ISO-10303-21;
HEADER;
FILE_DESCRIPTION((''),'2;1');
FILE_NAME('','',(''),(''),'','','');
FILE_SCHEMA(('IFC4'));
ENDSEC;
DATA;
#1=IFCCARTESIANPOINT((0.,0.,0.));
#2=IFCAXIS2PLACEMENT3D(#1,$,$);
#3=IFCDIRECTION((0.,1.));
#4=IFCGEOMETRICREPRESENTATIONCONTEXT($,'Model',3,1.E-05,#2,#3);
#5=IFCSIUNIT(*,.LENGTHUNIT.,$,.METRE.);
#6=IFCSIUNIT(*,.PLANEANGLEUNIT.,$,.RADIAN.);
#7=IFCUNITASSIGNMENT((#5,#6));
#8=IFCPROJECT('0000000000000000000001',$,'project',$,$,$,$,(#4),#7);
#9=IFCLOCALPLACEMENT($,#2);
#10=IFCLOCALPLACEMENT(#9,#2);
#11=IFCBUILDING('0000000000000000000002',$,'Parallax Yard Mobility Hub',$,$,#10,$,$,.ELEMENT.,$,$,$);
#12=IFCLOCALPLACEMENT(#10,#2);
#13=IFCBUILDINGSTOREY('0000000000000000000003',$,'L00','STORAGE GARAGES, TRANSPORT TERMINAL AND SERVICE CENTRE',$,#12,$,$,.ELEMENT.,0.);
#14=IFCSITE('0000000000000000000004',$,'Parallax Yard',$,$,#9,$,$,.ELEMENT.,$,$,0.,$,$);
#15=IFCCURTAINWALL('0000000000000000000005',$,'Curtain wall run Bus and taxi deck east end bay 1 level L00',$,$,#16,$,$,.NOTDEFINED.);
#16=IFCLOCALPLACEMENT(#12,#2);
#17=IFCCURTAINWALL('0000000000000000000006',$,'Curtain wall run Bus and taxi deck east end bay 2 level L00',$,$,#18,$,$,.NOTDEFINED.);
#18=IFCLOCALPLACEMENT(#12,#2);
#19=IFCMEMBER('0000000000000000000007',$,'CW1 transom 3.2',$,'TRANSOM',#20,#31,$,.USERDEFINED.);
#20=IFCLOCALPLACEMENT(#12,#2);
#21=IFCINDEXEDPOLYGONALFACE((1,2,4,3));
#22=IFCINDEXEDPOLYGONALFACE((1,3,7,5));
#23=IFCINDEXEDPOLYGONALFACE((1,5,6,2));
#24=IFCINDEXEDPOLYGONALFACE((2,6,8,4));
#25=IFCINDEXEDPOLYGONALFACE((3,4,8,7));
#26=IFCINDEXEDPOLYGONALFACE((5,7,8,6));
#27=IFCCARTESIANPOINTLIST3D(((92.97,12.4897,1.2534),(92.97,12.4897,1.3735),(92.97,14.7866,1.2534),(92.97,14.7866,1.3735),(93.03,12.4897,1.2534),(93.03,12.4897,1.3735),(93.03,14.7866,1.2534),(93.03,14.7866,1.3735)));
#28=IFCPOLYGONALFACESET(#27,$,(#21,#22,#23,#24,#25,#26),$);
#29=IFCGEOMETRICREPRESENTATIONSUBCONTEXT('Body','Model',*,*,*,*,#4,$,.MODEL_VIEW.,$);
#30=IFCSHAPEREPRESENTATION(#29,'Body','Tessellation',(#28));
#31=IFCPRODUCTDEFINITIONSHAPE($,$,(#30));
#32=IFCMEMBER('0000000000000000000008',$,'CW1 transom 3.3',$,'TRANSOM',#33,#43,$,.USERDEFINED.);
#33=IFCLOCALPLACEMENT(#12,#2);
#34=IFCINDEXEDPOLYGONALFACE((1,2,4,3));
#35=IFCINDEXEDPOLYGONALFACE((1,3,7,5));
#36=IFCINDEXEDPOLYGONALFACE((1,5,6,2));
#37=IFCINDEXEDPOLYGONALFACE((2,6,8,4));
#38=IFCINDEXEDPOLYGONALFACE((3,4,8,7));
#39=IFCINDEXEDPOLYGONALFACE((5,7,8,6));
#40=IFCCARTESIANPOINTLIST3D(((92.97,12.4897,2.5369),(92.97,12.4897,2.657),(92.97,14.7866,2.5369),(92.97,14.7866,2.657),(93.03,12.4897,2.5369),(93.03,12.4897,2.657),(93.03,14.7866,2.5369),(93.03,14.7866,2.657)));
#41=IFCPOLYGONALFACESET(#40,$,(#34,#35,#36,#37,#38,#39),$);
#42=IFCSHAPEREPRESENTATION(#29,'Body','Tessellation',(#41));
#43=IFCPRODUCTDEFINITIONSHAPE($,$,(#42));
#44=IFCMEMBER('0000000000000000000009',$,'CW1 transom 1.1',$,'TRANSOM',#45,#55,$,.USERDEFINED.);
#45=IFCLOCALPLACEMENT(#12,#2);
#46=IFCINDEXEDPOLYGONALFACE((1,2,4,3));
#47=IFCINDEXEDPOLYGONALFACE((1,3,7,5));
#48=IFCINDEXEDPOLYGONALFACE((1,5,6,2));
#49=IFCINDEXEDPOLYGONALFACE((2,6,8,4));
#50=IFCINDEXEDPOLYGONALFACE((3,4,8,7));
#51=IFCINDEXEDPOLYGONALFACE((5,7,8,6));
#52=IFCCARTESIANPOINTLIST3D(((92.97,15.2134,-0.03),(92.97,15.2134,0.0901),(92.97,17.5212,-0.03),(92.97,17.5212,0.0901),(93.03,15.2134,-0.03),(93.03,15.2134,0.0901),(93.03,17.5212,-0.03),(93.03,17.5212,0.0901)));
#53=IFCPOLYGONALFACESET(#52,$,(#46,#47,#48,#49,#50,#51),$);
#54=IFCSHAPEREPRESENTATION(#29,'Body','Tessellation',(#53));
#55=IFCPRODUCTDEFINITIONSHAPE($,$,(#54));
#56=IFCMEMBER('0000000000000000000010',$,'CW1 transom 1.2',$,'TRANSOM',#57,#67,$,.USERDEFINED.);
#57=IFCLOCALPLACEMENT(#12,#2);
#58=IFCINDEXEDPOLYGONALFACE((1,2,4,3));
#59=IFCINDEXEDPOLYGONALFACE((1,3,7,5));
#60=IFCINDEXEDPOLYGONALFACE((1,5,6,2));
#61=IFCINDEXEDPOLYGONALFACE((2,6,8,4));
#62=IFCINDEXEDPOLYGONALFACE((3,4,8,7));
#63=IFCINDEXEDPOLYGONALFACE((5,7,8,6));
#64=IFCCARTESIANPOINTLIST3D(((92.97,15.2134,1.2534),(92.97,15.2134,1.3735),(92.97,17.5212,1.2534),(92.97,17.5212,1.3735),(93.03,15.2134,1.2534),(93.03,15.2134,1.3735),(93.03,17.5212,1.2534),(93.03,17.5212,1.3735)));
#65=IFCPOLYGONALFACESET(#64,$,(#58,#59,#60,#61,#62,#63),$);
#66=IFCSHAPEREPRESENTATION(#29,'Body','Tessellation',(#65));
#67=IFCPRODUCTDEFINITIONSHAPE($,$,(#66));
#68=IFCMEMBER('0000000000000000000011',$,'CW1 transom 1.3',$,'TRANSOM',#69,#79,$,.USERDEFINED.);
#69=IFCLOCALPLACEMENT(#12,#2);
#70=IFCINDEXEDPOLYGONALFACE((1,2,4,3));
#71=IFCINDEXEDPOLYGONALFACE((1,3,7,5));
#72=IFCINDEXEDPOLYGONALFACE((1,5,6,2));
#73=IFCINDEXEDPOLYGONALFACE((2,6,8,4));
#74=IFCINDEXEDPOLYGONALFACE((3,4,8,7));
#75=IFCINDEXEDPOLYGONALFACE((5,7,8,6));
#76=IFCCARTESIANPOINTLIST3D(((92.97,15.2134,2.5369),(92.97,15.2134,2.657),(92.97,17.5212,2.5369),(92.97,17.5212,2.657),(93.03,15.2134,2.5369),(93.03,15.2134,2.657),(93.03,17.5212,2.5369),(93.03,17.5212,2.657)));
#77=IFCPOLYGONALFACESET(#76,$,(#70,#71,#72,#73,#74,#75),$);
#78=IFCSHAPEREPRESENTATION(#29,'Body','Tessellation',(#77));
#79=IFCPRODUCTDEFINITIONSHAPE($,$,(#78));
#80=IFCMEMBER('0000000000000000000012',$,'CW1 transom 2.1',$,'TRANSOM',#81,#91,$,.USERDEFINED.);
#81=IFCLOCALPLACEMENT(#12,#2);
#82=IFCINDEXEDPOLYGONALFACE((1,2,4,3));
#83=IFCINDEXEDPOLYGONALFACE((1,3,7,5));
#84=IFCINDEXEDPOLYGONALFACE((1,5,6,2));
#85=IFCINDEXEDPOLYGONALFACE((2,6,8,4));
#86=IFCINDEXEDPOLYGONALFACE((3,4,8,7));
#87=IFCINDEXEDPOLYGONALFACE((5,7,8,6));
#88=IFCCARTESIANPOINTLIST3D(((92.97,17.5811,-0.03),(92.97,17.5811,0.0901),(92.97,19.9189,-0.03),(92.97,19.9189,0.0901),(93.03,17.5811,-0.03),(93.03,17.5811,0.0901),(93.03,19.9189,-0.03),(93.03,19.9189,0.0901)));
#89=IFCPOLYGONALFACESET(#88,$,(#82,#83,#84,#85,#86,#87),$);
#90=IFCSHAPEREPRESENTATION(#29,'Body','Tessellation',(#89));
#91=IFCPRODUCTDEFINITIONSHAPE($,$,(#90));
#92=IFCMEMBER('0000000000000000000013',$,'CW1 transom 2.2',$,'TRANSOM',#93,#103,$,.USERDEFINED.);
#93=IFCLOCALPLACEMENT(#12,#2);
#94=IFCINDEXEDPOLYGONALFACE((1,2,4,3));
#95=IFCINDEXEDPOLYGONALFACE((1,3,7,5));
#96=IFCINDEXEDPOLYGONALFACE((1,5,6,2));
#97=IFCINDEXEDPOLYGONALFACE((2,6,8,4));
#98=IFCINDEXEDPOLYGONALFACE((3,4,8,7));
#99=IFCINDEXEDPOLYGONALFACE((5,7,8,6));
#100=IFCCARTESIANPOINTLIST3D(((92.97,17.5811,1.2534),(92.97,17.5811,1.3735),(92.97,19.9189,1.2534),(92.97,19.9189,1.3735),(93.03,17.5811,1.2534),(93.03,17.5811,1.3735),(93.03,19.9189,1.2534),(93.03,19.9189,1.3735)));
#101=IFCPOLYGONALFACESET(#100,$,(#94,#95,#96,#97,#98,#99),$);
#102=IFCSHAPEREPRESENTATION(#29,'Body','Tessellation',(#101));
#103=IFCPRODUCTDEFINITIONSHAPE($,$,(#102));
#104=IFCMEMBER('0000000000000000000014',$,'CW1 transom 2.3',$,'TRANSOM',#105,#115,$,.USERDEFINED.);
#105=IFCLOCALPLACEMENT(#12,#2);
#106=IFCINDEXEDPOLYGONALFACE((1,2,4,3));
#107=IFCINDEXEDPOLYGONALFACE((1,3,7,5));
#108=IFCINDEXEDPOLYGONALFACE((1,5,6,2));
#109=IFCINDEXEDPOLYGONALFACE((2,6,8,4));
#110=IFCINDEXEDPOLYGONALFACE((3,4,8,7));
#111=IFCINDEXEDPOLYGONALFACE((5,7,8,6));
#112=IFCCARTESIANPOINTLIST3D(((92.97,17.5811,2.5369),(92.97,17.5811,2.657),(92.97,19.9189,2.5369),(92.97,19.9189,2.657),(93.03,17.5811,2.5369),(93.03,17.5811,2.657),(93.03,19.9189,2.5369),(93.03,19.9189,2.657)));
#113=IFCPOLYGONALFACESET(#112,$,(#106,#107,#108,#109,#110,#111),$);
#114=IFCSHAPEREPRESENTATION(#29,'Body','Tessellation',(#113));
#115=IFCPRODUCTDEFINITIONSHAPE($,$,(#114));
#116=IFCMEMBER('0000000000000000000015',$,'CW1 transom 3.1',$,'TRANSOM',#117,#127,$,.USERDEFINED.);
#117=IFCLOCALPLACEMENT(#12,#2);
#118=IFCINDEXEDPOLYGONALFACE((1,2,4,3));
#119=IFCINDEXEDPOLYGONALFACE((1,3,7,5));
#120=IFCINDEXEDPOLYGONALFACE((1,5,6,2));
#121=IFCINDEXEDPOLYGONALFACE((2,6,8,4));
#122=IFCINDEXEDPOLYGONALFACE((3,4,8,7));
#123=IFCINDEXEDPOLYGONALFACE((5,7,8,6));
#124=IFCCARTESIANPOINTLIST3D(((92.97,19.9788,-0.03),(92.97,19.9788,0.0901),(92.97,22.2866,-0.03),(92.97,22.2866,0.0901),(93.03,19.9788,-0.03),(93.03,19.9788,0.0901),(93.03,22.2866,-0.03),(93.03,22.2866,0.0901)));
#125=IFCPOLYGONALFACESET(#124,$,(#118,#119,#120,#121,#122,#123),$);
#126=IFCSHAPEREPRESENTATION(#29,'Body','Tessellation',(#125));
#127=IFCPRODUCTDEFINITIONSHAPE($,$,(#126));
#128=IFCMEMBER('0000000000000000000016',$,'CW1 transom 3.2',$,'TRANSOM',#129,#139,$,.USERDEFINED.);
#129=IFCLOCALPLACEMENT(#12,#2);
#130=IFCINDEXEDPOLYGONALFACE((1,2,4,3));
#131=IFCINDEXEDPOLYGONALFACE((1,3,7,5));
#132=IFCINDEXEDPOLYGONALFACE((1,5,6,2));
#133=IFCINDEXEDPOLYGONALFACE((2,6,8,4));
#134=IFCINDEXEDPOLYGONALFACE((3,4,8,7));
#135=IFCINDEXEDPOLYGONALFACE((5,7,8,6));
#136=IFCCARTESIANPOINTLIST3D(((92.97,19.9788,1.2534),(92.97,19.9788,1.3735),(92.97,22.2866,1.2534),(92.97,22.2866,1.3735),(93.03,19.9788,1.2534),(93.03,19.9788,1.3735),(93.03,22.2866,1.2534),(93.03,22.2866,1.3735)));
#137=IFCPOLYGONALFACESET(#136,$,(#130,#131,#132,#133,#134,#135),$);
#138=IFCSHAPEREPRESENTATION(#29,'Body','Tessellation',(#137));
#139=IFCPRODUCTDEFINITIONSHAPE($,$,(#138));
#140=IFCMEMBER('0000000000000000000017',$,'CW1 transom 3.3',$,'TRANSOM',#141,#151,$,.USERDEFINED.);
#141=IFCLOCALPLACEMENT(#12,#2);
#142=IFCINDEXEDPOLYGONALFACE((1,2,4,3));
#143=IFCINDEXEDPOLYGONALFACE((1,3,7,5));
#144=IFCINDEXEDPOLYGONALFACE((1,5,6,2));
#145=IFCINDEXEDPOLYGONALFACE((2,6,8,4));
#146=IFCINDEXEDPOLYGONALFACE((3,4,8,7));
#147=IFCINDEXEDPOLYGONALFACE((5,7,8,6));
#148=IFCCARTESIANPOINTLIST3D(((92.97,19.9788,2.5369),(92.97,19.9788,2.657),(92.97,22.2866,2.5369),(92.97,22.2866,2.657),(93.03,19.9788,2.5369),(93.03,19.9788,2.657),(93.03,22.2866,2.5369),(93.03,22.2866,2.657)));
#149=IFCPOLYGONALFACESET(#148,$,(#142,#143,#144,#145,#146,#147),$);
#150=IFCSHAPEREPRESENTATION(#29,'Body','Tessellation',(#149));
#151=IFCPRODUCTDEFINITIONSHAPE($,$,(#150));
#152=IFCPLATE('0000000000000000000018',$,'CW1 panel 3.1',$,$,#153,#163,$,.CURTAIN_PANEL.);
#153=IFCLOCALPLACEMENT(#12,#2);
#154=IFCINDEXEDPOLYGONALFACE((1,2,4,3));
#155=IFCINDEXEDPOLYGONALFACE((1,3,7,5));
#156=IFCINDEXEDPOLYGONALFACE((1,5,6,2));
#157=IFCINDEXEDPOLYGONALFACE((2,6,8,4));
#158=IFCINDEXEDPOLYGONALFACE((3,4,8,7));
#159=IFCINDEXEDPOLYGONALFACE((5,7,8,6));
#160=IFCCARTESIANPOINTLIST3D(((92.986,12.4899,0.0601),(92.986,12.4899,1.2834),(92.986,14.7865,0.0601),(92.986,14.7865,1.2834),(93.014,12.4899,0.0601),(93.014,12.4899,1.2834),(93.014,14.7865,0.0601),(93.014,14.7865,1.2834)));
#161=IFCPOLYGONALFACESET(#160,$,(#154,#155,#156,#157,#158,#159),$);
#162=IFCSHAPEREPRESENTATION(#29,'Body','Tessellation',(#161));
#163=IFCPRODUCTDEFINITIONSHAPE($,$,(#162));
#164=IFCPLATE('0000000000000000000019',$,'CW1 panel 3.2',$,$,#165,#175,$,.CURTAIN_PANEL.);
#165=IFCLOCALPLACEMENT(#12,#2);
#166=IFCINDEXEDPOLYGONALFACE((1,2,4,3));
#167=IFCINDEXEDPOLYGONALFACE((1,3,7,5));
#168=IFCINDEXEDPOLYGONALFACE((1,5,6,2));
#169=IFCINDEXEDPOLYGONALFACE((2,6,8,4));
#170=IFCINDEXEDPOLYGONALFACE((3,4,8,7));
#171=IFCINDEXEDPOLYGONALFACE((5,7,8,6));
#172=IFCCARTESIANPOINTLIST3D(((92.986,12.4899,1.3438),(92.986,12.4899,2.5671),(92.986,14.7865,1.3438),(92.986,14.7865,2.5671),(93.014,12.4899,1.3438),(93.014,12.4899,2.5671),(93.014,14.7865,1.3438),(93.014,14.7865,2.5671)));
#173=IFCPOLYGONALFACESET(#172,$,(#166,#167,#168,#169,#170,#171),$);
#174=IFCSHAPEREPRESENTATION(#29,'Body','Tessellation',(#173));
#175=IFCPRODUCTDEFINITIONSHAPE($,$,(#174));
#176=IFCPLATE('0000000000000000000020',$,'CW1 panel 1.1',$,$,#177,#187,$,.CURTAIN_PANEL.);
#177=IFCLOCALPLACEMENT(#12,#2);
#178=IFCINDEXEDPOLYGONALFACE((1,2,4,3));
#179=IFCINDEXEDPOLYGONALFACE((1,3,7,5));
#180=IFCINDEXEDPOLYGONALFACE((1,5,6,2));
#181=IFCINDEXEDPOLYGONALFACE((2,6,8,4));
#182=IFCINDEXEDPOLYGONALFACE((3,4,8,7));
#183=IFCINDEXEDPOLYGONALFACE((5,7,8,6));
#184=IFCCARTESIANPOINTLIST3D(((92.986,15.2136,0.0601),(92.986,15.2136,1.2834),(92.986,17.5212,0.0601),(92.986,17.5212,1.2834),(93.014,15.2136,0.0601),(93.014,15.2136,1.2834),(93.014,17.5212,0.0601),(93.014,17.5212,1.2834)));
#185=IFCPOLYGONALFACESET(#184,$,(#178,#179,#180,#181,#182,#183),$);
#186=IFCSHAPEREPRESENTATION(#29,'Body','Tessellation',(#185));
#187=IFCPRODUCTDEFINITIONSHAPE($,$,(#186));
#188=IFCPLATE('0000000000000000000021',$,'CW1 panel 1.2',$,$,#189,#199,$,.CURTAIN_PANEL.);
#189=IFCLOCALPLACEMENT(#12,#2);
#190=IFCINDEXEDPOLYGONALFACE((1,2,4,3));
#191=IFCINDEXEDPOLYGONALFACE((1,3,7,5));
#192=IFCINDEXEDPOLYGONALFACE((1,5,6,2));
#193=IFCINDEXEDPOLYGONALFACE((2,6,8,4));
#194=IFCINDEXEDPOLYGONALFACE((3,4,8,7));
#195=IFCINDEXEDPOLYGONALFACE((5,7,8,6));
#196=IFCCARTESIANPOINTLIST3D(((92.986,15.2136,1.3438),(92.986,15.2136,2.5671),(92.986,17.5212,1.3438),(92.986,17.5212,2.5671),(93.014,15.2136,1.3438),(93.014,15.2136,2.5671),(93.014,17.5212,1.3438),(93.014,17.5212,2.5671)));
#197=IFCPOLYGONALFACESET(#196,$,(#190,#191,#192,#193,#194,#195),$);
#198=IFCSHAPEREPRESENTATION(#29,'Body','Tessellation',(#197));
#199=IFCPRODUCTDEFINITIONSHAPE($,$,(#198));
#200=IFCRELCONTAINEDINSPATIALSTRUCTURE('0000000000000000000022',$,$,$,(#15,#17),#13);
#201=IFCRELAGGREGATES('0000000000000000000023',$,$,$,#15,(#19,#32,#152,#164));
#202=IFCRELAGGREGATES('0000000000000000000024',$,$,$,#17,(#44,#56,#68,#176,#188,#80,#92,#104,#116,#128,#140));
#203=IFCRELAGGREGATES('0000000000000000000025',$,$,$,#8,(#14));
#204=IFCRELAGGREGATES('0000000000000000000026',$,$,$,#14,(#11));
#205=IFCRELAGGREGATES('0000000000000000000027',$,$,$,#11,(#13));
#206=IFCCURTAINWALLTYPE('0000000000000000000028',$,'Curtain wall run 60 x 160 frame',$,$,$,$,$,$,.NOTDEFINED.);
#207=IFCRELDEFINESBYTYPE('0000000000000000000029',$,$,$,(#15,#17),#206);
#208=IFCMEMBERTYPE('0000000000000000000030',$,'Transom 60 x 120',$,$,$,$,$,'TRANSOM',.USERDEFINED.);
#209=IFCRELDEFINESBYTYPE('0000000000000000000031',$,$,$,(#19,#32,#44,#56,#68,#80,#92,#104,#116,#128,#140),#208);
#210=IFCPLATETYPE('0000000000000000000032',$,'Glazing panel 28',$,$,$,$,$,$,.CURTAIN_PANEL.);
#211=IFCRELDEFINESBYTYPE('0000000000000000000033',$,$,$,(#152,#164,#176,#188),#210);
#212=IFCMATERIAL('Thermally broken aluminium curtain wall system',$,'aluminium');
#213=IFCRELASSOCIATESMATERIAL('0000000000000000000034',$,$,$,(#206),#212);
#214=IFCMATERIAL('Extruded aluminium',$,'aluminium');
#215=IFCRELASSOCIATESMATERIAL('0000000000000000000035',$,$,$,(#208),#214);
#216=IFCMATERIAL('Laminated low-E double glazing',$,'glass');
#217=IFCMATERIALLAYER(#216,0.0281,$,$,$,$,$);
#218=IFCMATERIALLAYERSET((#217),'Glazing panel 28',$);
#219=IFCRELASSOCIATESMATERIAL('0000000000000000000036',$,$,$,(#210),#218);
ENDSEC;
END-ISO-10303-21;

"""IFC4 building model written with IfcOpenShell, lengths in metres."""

from ifc_helpers import new_model, si_unit, direction, frame, origin, origin_2d, place, context, subcontext, project, spatial, rectangle, extrude, material, layer, layer_set, material_profile, profile_set, type_object, element, aggregate, save


model = new_model("IFC4")

# Units and contexts
model_context = context("Model", 3, precision=1e-05, world=origin(), true_north=direction((0.0, 1.0)))
body_context = subcontext(model_context, "Body", "Model", "MODEL_VIEW")
ifc_project = project(units=[si_unit("LENGTHUNIT", "METRE"), si_unit("PLANEANGLEUNIT", "RADIAN")], contexts=[model_context])

# Site, building, storey
site_placement = place(None, origin())
site = spatial("IfcSite", under=ifc_project, at=site_placement, Name="Parallax Yard", CompositionType="ELEMENT", RefElevation=0.0)
building_placement = place(site_placement, origin())
building = spatial("IfcBuilding", under=site, at=building_placement, Name="Parallax Yard Mobility Hub", CompositionType="ELEMENT")
storey_placement = place(building_placement, origin())
storey = spatial("IfcBuildingStorey", under=building, at=storey_placement, Name="L00", Description="STORAGE GARAGES, TRANSPORT TERMINAL AND SERVICE CENTRE", CompositionType="ELEMENT", Elevation=0.0)

# Curtain wall
ifc_material_1 = material(Name="Thermally broken aluminium curtain wall system", Category="aluminium")
curtain_wall_type = type_object("IfcCurtainWallType", Name="Curtain wall run 60 x 160 frame", PredefinedType="NOTDEFINED", material=ifc_material_1)
curtain_wall_1_placement = place(storey_placement, origin())
curtain_wall_1 = element("IfcCurtainWall", 1, at=curtain_wall_1_placement, inside=storey, type_object=curtain_wall_type, Name="Curtain wall run Bus and taxi deck east end bay 1 level L00", PredefinedType="NOTDEFINED")
ifc_material_2 = material(Name="Extruded aluminium", Category="aluminium")

# Curtain wall
curtain_wall_2_placement = place(storey_placement, origin())
curtain_wall_2 = element("IfcCurtainWall", 2, at=curtain_wall_2_placement, inside=storey, type_object=curtain_wall_type, Name="Curtain wall run Bus and taxi deck east end bay 2 level L00", PredefinedType="NOTDEFINED")

# Members
ifc_material_profile_1 = material_profile(ifc_material_2, rectangle(XDim=0.0601, YDim=0.1201, at=origin_2d()), Name="Transom 60 x 120")
ifc_profile_set_1 = profile_set([ifc_material_profile_1], Name="Extruded aluminium")
member_type_1 = type_object("IfcMemberType", Name="Transom 60 x 120", ElementType="TRANSOM", PredefinedType="USERDEFINED", material=ifc_profile_set_1)
member_1_placement = place(storey_placement, frame((93.0, 12.4897, 1.3135), z_axis=(0.0, 1.0, 0.0), x_axis=(-1.0, 0.0, 0.0)))
member_1 = element("IfcMember", 3, at=member_1_placement, type_object=member_type_1, Name="CW1 transom 3.2", ObjectType="TRANSOM", PredefinedType="USERDEFINED", context=body_context, shape_type="SweptSolid", body=[
    extrude(rectangle(XDim=0.0601, YDim=0.1201, at=origin_2d()), origin(), (0.0, 0.0, 1.0), 2.2969),
])
member_2_placement = place(storey_placement, frame((93.0, 12.4897, 2.5969), z_axis=(0.0, 1.0, 0.0), x_axis=(-1.0, 0.0, 0.0)))
member_2 = element("IfcMember", 4, at=member_2_placement, type_object=member_type_1, Name="CW1 transom 3.3", ObjectType="TRANSOM", PredefinedType="USERDEFINED", context=body_context, shape_type="SweptSolid", body=[
    extrude(rectangle(XDim=0.0601, YDim=0.1201, at=origin_2d()), origin(), (0.0, 0.0, 1.0), 2.2969),
])
member_3_placement = place(storey_placement, frame((93.0, 15.2134, 0.03), z_axis=(0.0, 1.0, 0.0), x_axis=(-1.0, 0.0, 0.0)))
member_3 = element("IfcMember", 5, at=member_3_placement, type_object=member_type_1, Name="CW1 transom 1.1", ObjectType="TRANSOM", PredefinedType="USERDEFINED", context=body_context, shape_type="SweptSolid", body=[
    extrude(rectangle(XDim=0.0601, YDim=0.1201, at=origin_2d()), origin(), (0.0, 0.0, 1.0), 2.3079),
])
member_4_placement = place(storey_placement, frame((93.0, 15.2134, 1.3135), z_axis=(0.0, 1.0, 0.0), x_axis=(-1.0, 0.0, 0.0)))
member_4 = element("IfcMember", 6, at=member_4_placement, type_object=member_type_1, Name="CW1 transom 1.2", ObjectType="TRANSOM", PredefinedType="USERDEFINED", context=body_context, shape_type="SweptSolid", body=[
    extrude(rectangle(XDim=0.0601, YDim=0.1201, at=origin_2d()), origin(), (0.0, 0.0, 1.0), 2.3079),
])
member_5_placement = place(storey_placement, frame((93.0, 15.2134, 2.5969), z_axis=(0.0, 1.0, 0.0), x_axis=(-1.0, 0.0, 0.0)))
member_5 = element("IfcMember", 7, at=member_5_placement, type_object=member_type_1, Name="CW1 transom 1.3", ObjectType="TRANSOM", PredefinedType="USERDEFINED", context=body_context, shape_type="SweptSolid", body=[
    extrude(rectangle(XDim=0.0601, YDim=0.1201, at=origin_2d()), origin(), (0.0, 0.0, 1.0), 2.3079),
])
member_6_placement = place(storey_placement, frame((93.0, 17.5811, 0.03), z_axis=(0.0, 1.0, 0.0), x_axis=(-1.0, 0.0, 0.0)))
member_6 = element("IfcMember", 8, at=member_6_placement, type_object=member_type_1, Name="CW1 transom 2.1", ObjectType="TRANSOM", PredefinedType="USERDEFINED", context=body_context, shape_type="SweptSolid", body=[
    extrude(rectangle(XDim=0.0601, YDim=0.1201, at=origin_2d()), origin(), (0.0, 0.0, 1.0), 2.3379),
])
member_7_placement = place(storey_placement, frame((93.0, 17.5811, 1.3135), z_axis=(0.0, 1.0, 0.0), x_axis=(-1.0, 0.0, 0.0)))
member_7 = element("IfcMember", 9, at=member_7_placement, type_object=member_type_1, Name="CW1 transom 2.2", ObjectType="TRANSOM", PredefinedType="USERDEFINED", context=body_context, shape_type="SweptSolid", body=[
    extrude(rectangle(XDim=0.0601, YDim=0.1201, at=origin_2d()), origin(), (0.0, 0.0, 1.0), 2.3379),
])
member_8_placement = place(storey_placement, frame((93.0, 17.5811, 2.5969), z_axis=(0.0, 1.0, 0.0), x_axis=(-1.0, 0.0, 0.0)))
member_8 = element("IfcMember", 10, at=member_8_placement, type_object=member_type_1, Name="CW1 transom 2.3", ObjectType="TRANSOM", PredefinedType="USERDEFINED", context=body_context, shape_type="SweptSolid", body=[
    extrude(rectangle(XDim=0.0601, YDim=0.1201, at=origin_2d()), origin(), (0.0, 0.0, 1.0), 2.3379),
])
member_9_placement = place(storey_placement, frame((93.0, 19.9788, 0.03), z_axis=(0.0, 1.0, 0.0), x_axis=(-1.0, 0.0, 0.0)))
member_9 = element("IfcMember", 11, at=member_9_placement, type_object=member_type_1, Name="CW1 transom 3.1", ObjectType="TRANSOM", PredefinedType="USERDEFINED", context=body_context, shape_type="SweptSolid", body=[
    extrude(rectangle(XDim=0.0601, YDim=0.1201, at=origin_2d()), origin(), (0.0, 0.0, 1.0), 2.3079),
])
member_10_placement = place(storey_placement, frame((93.0, 19.9788, 1.3135), z_axis=(0.0, 1.0, 0.0), x_axis=(-1.0, 0.0, 0.0)))
member_10 = element("IfcMember", 12, at=member_10_placement, type_object=member_type_1, Name="CW1 transom 3.2", ObjectType="TRANSOM", PredefinedType="USERDEFINED", context=body_context, shape_type="SweptSolid", body=[
    extrude(rectangle(XDim=0.0601, YDim=0.1201, at=origin_2d()), origin(), (0.0, 0.0, 1.0), 2.3079),
])
member_11_placement = place(storey_placement, frame((93.0, 19.9788, 2.5969), z_axis=(0.0, 1.0, 0.0), x_axis=(-1.0, 0.0, 0.0)))
member_11 = element("IfcMember", 13, at=member_11_placement, type_object=member_type_1, Name="CW1 transom 3.3", ObjectType="TRANSOM", PredefinedType="USERDEFINED", context=body_context, shape_type="SweptSolid", body=[
    extrude(rectangle(XDim=0.0601, YDim=0.1201, at=origin_2d()), origin(), (0.0, 0.0, 1.0), 2.3079),
])

# Plates
ifc_material_3 = material(Name="Laminated low-E double glazing", Category="glass")
ifc_layer = layer(ifc_material_3, 0.0281)
ifc_layer_set = layer_set([ifc_layer], Name="Glazing panel 28")
plate_type = type_object("IfcPlateType", Name="Glazing panel 28", PredefinedType="CURTAIN_PANEL", material=ifc_layer_set)
plate_1_placement = place(storey_placement, frame((93.0, 13.6382, 0.0601), z_axis=(0.0, 0.0, 1.0), x_axis=(0.0, 1.0, 0.0)))
plate_1 = element("IfcPlate", 14, at=plate_1_placement, type_object=plate_type, Name="CW1 panel 3.1", PredefinedType="CURTAIN_PANEL", context=body_context, shape_type="SweptSolid", body=[
    extrude(rectangle(XDim=2.2966, YDim=0.0281, at=origin_2d()), origin(), (0.0, 0.0, 1.0), 1.2234),
])
plate_2_placement = place(storey_placement, frame((93.0, 13.6382, 1.3438), z_axis=(0.0, 0.0, 1.0), x_axis=(0.0, 1.0, 0.0)))
plate_2 = element("IfcPlate", 15, at=plate_2_placement, type_object=plate_type, Name="CW1 panel 3.2", PredefinedType="CURTAIN_PANEL", context=body_context, shape_type="SweptSolid", body=[
    extrude(rectangle(XDim=2.2966, YDim=0.0281, at=origin_2d()), origin(), (0.0, 0.0, 1.0), 1.2234),
])
aggregate(curtain_wall_1, [member_1, member_2, plate_1, plate_2])
plate_3_placement = place(storey_placement, frame((93.0, 16.3674, 0.0601), z_axis=(0.0, 0.0, 1.0), x_axis=(0.0, 1.0, 0.0)))
plate_3 = element("IfcPlate", 16, at=plate_3_placement, type_object=plate_type, Name="CW1 panel 1.1", PredefinedType="CURTAIN_PANEL", context=body_context, shape_type="SweptSolid", body=[
    extrude(rectangle(XDim=2.3076, YDim=0.0281, at=origin_2d()), origin(), (0.0, 0.0, 1.0), 1.2234),
])
plate_4_placement = place(storey_placement, frame((93.0, 16.3674, 1.3438), z_axis=(0.0, 0.0, 1.0), x_axis=(0.0, 1.0, 0.0)))
plate_4 = element("IfcPlate", 17, at=plate_4_placement, type_object=plate_type, Name="CW1 panel 1.2", PredefinedType="CURTAIN_PANEL", context=body_context, shape_type="SweptSolid", body=[
    extrude(rectangle(XDim=2.3076, YDim=0.0281, at=origin_2d()), origin(), (0.0, 0.0, 1.0), 1.2234),
])
aggregate(curtain_wall_2, [member_3, member_4, member_5, plate_3, plate_4, member_6, member_7, member_8, member_9, member_10, member_11])

save(model, "model.ifc")
